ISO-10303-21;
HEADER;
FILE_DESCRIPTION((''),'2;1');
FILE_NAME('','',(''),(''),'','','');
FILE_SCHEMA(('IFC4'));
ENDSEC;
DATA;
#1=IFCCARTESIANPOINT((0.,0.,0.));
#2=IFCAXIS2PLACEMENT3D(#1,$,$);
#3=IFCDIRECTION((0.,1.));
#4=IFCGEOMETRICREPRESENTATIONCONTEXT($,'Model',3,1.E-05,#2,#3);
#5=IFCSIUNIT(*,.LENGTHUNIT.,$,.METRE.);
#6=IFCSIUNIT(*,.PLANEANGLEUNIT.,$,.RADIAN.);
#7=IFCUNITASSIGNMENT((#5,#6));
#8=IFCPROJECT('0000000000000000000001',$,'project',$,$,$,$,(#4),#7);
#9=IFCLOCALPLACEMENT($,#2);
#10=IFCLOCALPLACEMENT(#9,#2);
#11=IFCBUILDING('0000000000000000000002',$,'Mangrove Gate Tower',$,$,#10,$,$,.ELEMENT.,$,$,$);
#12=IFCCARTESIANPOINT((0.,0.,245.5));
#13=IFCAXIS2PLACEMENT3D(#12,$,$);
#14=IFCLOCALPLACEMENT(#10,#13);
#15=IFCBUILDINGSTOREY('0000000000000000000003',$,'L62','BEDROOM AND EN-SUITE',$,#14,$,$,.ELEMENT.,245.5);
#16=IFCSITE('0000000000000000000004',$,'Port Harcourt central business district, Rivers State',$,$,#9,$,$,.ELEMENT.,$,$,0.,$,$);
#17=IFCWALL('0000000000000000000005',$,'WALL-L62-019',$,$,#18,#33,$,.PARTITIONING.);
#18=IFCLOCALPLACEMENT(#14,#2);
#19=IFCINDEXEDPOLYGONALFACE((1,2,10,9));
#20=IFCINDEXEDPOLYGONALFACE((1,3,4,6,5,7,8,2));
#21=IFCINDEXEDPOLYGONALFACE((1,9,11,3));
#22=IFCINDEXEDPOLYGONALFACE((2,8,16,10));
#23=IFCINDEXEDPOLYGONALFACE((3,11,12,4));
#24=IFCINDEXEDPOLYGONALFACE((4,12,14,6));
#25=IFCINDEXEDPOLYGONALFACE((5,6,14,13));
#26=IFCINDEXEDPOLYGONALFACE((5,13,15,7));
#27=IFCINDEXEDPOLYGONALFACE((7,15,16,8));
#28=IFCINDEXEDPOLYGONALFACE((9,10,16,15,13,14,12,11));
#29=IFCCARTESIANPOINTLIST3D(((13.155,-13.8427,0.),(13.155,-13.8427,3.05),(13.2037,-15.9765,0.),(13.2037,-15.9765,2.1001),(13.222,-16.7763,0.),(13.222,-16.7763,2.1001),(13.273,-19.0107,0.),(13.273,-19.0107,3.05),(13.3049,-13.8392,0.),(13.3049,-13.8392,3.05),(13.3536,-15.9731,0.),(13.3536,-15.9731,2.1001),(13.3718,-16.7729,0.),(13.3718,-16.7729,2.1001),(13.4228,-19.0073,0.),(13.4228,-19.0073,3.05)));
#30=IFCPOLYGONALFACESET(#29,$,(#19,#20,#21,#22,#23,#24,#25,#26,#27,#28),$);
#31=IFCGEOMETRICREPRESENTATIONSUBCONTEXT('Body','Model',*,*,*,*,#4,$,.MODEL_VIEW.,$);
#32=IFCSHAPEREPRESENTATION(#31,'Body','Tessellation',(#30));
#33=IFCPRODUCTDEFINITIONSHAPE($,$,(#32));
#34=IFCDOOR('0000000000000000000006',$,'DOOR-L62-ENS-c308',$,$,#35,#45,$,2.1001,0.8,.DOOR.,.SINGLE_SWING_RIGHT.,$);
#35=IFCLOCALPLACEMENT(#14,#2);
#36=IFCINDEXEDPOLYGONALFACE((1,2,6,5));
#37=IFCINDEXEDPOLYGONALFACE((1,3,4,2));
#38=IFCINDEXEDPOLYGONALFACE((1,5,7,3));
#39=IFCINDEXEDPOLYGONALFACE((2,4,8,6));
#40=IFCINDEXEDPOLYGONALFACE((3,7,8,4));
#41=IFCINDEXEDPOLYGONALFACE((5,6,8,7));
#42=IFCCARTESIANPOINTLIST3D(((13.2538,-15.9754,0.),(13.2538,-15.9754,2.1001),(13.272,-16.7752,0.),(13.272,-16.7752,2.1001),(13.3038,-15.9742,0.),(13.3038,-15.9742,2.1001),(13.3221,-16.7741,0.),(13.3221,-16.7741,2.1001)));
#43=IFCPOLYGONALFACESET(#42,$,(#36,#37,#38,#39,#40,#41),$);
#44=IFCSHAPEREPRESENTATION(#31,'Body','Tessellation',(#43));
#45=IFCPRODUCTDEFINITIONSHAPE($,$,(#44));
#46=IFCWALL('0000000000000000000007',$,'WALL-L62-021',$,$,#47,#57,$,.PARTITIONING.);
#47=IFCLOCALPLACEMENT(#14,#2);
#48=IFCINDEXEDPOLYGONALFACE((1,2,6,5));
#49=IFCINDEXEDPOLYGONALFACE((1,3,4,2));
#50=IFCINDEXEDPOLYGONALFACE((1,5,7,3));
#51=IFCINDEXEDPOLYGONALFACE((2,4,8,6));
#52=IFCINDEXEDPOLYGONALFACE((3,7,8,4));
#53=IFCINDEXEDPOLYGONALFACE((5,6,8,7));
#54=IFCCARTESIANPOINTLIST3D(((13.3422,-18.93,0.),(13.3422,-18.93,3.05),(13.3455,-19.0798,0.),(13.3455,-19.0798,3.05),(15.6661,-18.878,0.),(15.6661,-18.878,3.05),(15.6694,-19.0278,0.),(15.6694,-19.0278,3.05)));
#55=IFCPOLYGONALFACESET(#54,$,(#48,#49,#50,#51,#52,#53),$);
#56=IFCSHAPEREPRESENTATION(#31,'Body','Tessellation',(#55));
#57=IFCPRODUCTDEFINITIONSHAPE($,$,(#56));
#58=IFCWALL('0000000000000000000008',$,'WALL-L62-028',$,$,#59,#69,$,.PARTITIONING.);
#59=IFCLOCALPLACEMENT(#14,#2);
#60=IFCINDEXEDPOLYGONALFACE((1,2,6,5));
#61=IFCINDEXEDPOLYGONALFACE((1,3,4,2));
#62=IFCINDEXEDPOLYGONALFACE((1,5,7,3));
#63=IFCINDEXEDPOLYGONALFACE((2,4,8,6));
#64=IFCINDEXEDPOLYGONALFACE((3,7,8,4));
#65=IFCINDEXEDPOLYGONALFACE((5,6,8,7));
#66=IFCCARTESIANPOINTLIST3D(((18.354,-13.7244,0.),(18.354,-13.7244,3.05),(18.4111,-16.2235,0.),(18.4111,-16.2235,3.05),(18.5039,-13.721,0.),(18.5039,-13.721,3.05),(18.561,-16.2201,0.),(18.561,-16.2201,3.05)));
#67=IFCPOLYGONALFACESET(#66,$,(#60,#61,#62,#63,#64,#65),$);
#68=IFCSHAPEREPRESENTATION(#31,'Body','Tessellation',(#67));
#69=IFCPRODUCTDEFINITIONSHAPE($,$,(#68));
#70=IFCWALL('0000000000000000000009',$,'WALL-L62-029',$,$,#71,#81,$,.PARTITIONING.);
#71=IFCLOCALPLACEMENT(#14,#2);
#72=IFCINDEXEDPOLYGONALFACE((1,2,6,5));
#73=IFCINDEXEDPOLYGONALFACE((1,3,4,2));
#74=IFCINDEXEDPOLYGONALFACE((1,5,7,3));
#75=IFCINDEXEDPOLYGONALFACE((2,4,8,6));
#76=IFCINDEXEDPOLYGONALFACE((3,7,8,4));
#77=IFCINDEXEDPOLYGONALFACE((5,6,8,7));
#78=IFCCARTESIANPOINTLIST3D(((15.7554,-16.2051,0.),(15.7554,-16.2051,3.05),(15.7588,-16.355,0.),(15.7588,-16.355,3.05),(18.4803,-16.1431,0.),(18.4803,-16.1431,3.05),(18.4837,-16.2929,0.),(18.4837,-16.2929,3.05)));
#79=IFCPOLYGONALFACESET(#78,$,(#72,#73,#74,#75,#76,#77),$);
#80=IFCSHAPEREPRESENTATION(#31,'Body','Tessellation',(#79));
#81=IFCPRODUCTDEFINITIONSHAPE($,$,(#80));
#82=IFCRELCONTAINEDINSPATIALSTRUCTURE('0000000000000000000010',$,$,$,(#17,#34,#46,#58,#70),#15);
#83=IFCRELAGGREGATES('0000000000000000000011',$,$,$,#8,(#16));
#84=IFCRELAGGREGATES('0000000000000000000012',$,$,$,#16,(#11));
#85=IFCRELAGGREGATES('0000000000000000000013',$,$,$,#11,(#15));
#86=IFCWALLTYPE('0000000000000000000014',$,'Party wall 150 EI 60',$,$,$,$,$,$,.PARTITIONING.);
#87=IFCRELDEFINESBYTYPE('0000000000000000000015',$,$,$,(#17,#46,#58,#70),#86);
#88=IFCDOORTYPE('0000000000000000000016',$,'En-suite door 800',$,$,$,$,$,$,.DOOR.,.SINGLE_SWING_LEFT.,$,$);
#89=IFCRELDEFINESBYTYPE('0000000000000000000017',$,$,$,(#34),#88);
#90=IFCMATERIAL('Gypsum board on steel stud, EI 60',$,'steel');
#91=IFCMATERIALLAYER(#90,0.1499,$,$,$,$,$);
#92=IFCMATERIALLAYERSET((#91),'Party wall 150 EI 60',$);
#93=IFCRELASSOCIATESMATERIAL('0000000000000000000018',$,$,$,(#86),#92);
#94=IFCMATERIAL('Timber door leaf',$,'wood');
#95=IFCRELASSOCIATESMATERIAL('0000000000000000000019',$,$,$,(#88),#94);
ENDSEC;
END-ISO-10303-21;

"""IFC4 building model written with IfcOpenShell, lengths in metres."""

from ifc_helpers import new_model, si_unit, direction, frame, frame_2d, origin, place, context, subcontext, project, spatial, rectangle, extrude, material, layer, layer_set, type_object, element, fill, save


model = new_model("IFC4")

# Units and contexts
model_context = context("Model", 3, precision=1e-05, world=origin(), true_north=direction((0.0, 1.0)))
body_context = subcontext(model_context, "Body", "Model", "MODEL_VIEW")
ifc_project = project(units=[si_unit("LENGTHUNIT", "METRE"), si_unit("PLANEANGLEUNIT", "RADIAN")], contexts=[model_context])

# Site, building, storey
site_placement = place(None, origin())
site = spatial("IfcSite", under=ifc_project, at=site_placement, Name="Port Harcourt central business district, Rivers State", CompositionType="ELEMENT", RefElevation=0.0)
building_placement = place(site_placement, origin())
building = spatial("IfcBuilding", under=site, at=building_placement, Name="Mangrove Gate Tower", CompositionType="ELEMENT")
storey_placement = place(building_placement, frame((0.0, 0.0, 245.5)))
storey = spatial("IfcBuildingStorey", under=building, at=storey_placement, Name="L62", Description="BEDROOM AND EN-SUITE", CompositionType="ELEMENT", Elevation=245.5)

# Shared definitions
ifc_material_1 = material(Name="Gypsum board on steel stud, EI 60", Category="steel")
ifc_layer_1 = layer(ifc_material_1, 0.1499)
ifc_layer_set_1 = layer_set([ifc_layer_1], Name="Party wall 150 EI 60")
wall_type_1 = type_object("IfcWallType", Name="Party wall 150 EI 60", PredefinedType="PARTITIONING", material=ifc_layer_set_1)

# Wall, opening, door
wall_1_placement = place(storey_placement, frame((13.3479, -19.009, 0.0), z_axis=(0.0, 0.0, 1.0), x_axis=(-0.022812, 0.99974, 0.0)))
wall_1 = element("IfcWall", 1, at=wall_1_placement, inside=storey, type_object=wall_type_1, Name="WALL-L62-019", PredefinedType="PARTITIONING", context=body_context, shape_type="SweptSolid", body=[
    extrude(rectangle(XDim=5.1694, YDim=0.1499, at=frame_2d((2.5847, 0.0))), origin(), (0.0, 0.0, 1.0), 3.05),
])
opening_1_placement = place(wall_1_placement, frame((2.2351, 0.0, 0.0)))
opening_1 = element("IfcOpeningElement", 2, at=opening_1_placement, cuts=wall_1, PredefinedType="OPENING", context=body_context, shape_type="SweptSolid", body=[
    extrude(rectangle(XDim=0.8, YDim=2.1001, at=frame_2d((0.3999, 1.05))), frame((0.0, 0.085, 0.0), z_axis=(0.0, -1.0, 0.0), x_axis=(1.0, 0.0, 0.0)), (0.0, 0.0, 1.0), 0.1699),
])
ifc_material_2 = material(Name="Timber door leaf", Category="wood")
door_type_1 = type_object("IfcDoorType", Name="En-suite door 800", OperationType="SINGLE_SWING_LEFT", PredefinedType="DOOR", material=ifc_material_2)
door_1_placement = place(opening_1_placement, origin())
door_1 = element("IfcDoor", 3, at=door_1_placement, inside=storey, type_object=door_type_1, Name="DOOR-L62-ENS-c308", OperationType="SINGLE_SWING_RIGHT", OverallHeight=2.1001, OverallWidth=0.8, PredefinedType="DOOR", context=body_context, shape_type="SweptSolid", body=[
    extrude(rectangle(XDim=0.8, YDim=2.1001, at=frame_2d((0.3999, 1.05))), frame((0.0, 0.0249, 0.0), z_axis=(0.0, -1.0, 0.0), x_axis=(1.0, 0.0, 0.0)), (0.0, 0.0, 1.0), 0.05),
])
fill(opening_1, door_1)

# Walls
wall_2_placement = place(storey_placement, frame((13.344, -19.0049, 0.0), z_axis=(0.0, 0.0, 1.0), x_axis=(0.99975, 0.022371, 0.0)))
element("IfcWall", 4, at=wall_2_placement, inside=storey, type_object=wall_type_1, Name="WALL-L62-021", PredefinedType="PARTITIONING", context=body_context, shape_type="SweptSolid", body=[
    extrude(rectangle(XDim=2.3245, YDim=0.1499, at=frame_2d((1.1621, 0.0))), origin(), (0.0, 0.0, 1.0), 3.05),
])
wall_3_placement = place(storey_placement, frame((18.4861, -16.2219, 0.0), z_axis=(0.0, 0.0, 1.0), x_axis=(-0.022855, 0.999739, 0.0)))
element("IfcWall", 5, at=wall_3_placement, inside=storey, type_object=wall_type_1, Name="WALL-L62-028", PredefinedType="PARTITIONING", context=body_context, shape_type="SweptSolid", body=[
    extrude(rectangle(XDim=2.4998, YDim=0.1499, at=frame_2d((1.25, 0.0))), origin(), (0.0, 0.0, 1.0), 3.05),
])
wall_4_placement = place(storey_placement, frame((15.7571, -16.28, 0.0), z_axis=(0.0, 0.0, 1.0), x_axis=(0.999741, 0.022752, 0.0)))
element("IfcWall", 6, at=wall_4_placement, inside=storey, type_object=wall_type_1, Name="WALL-L62-029", PredefinedType="PARTITIONING", context=body_context, shape_type="SweptSolid", body=[
    extrude(rectangle(XDim=2.7256, YDim=0.1499, at=frame_2d((1.3628, 0.0))), origin(), (0.0, 0.0, 1.0), 3.05),
])

save(model, "model.ifc")
